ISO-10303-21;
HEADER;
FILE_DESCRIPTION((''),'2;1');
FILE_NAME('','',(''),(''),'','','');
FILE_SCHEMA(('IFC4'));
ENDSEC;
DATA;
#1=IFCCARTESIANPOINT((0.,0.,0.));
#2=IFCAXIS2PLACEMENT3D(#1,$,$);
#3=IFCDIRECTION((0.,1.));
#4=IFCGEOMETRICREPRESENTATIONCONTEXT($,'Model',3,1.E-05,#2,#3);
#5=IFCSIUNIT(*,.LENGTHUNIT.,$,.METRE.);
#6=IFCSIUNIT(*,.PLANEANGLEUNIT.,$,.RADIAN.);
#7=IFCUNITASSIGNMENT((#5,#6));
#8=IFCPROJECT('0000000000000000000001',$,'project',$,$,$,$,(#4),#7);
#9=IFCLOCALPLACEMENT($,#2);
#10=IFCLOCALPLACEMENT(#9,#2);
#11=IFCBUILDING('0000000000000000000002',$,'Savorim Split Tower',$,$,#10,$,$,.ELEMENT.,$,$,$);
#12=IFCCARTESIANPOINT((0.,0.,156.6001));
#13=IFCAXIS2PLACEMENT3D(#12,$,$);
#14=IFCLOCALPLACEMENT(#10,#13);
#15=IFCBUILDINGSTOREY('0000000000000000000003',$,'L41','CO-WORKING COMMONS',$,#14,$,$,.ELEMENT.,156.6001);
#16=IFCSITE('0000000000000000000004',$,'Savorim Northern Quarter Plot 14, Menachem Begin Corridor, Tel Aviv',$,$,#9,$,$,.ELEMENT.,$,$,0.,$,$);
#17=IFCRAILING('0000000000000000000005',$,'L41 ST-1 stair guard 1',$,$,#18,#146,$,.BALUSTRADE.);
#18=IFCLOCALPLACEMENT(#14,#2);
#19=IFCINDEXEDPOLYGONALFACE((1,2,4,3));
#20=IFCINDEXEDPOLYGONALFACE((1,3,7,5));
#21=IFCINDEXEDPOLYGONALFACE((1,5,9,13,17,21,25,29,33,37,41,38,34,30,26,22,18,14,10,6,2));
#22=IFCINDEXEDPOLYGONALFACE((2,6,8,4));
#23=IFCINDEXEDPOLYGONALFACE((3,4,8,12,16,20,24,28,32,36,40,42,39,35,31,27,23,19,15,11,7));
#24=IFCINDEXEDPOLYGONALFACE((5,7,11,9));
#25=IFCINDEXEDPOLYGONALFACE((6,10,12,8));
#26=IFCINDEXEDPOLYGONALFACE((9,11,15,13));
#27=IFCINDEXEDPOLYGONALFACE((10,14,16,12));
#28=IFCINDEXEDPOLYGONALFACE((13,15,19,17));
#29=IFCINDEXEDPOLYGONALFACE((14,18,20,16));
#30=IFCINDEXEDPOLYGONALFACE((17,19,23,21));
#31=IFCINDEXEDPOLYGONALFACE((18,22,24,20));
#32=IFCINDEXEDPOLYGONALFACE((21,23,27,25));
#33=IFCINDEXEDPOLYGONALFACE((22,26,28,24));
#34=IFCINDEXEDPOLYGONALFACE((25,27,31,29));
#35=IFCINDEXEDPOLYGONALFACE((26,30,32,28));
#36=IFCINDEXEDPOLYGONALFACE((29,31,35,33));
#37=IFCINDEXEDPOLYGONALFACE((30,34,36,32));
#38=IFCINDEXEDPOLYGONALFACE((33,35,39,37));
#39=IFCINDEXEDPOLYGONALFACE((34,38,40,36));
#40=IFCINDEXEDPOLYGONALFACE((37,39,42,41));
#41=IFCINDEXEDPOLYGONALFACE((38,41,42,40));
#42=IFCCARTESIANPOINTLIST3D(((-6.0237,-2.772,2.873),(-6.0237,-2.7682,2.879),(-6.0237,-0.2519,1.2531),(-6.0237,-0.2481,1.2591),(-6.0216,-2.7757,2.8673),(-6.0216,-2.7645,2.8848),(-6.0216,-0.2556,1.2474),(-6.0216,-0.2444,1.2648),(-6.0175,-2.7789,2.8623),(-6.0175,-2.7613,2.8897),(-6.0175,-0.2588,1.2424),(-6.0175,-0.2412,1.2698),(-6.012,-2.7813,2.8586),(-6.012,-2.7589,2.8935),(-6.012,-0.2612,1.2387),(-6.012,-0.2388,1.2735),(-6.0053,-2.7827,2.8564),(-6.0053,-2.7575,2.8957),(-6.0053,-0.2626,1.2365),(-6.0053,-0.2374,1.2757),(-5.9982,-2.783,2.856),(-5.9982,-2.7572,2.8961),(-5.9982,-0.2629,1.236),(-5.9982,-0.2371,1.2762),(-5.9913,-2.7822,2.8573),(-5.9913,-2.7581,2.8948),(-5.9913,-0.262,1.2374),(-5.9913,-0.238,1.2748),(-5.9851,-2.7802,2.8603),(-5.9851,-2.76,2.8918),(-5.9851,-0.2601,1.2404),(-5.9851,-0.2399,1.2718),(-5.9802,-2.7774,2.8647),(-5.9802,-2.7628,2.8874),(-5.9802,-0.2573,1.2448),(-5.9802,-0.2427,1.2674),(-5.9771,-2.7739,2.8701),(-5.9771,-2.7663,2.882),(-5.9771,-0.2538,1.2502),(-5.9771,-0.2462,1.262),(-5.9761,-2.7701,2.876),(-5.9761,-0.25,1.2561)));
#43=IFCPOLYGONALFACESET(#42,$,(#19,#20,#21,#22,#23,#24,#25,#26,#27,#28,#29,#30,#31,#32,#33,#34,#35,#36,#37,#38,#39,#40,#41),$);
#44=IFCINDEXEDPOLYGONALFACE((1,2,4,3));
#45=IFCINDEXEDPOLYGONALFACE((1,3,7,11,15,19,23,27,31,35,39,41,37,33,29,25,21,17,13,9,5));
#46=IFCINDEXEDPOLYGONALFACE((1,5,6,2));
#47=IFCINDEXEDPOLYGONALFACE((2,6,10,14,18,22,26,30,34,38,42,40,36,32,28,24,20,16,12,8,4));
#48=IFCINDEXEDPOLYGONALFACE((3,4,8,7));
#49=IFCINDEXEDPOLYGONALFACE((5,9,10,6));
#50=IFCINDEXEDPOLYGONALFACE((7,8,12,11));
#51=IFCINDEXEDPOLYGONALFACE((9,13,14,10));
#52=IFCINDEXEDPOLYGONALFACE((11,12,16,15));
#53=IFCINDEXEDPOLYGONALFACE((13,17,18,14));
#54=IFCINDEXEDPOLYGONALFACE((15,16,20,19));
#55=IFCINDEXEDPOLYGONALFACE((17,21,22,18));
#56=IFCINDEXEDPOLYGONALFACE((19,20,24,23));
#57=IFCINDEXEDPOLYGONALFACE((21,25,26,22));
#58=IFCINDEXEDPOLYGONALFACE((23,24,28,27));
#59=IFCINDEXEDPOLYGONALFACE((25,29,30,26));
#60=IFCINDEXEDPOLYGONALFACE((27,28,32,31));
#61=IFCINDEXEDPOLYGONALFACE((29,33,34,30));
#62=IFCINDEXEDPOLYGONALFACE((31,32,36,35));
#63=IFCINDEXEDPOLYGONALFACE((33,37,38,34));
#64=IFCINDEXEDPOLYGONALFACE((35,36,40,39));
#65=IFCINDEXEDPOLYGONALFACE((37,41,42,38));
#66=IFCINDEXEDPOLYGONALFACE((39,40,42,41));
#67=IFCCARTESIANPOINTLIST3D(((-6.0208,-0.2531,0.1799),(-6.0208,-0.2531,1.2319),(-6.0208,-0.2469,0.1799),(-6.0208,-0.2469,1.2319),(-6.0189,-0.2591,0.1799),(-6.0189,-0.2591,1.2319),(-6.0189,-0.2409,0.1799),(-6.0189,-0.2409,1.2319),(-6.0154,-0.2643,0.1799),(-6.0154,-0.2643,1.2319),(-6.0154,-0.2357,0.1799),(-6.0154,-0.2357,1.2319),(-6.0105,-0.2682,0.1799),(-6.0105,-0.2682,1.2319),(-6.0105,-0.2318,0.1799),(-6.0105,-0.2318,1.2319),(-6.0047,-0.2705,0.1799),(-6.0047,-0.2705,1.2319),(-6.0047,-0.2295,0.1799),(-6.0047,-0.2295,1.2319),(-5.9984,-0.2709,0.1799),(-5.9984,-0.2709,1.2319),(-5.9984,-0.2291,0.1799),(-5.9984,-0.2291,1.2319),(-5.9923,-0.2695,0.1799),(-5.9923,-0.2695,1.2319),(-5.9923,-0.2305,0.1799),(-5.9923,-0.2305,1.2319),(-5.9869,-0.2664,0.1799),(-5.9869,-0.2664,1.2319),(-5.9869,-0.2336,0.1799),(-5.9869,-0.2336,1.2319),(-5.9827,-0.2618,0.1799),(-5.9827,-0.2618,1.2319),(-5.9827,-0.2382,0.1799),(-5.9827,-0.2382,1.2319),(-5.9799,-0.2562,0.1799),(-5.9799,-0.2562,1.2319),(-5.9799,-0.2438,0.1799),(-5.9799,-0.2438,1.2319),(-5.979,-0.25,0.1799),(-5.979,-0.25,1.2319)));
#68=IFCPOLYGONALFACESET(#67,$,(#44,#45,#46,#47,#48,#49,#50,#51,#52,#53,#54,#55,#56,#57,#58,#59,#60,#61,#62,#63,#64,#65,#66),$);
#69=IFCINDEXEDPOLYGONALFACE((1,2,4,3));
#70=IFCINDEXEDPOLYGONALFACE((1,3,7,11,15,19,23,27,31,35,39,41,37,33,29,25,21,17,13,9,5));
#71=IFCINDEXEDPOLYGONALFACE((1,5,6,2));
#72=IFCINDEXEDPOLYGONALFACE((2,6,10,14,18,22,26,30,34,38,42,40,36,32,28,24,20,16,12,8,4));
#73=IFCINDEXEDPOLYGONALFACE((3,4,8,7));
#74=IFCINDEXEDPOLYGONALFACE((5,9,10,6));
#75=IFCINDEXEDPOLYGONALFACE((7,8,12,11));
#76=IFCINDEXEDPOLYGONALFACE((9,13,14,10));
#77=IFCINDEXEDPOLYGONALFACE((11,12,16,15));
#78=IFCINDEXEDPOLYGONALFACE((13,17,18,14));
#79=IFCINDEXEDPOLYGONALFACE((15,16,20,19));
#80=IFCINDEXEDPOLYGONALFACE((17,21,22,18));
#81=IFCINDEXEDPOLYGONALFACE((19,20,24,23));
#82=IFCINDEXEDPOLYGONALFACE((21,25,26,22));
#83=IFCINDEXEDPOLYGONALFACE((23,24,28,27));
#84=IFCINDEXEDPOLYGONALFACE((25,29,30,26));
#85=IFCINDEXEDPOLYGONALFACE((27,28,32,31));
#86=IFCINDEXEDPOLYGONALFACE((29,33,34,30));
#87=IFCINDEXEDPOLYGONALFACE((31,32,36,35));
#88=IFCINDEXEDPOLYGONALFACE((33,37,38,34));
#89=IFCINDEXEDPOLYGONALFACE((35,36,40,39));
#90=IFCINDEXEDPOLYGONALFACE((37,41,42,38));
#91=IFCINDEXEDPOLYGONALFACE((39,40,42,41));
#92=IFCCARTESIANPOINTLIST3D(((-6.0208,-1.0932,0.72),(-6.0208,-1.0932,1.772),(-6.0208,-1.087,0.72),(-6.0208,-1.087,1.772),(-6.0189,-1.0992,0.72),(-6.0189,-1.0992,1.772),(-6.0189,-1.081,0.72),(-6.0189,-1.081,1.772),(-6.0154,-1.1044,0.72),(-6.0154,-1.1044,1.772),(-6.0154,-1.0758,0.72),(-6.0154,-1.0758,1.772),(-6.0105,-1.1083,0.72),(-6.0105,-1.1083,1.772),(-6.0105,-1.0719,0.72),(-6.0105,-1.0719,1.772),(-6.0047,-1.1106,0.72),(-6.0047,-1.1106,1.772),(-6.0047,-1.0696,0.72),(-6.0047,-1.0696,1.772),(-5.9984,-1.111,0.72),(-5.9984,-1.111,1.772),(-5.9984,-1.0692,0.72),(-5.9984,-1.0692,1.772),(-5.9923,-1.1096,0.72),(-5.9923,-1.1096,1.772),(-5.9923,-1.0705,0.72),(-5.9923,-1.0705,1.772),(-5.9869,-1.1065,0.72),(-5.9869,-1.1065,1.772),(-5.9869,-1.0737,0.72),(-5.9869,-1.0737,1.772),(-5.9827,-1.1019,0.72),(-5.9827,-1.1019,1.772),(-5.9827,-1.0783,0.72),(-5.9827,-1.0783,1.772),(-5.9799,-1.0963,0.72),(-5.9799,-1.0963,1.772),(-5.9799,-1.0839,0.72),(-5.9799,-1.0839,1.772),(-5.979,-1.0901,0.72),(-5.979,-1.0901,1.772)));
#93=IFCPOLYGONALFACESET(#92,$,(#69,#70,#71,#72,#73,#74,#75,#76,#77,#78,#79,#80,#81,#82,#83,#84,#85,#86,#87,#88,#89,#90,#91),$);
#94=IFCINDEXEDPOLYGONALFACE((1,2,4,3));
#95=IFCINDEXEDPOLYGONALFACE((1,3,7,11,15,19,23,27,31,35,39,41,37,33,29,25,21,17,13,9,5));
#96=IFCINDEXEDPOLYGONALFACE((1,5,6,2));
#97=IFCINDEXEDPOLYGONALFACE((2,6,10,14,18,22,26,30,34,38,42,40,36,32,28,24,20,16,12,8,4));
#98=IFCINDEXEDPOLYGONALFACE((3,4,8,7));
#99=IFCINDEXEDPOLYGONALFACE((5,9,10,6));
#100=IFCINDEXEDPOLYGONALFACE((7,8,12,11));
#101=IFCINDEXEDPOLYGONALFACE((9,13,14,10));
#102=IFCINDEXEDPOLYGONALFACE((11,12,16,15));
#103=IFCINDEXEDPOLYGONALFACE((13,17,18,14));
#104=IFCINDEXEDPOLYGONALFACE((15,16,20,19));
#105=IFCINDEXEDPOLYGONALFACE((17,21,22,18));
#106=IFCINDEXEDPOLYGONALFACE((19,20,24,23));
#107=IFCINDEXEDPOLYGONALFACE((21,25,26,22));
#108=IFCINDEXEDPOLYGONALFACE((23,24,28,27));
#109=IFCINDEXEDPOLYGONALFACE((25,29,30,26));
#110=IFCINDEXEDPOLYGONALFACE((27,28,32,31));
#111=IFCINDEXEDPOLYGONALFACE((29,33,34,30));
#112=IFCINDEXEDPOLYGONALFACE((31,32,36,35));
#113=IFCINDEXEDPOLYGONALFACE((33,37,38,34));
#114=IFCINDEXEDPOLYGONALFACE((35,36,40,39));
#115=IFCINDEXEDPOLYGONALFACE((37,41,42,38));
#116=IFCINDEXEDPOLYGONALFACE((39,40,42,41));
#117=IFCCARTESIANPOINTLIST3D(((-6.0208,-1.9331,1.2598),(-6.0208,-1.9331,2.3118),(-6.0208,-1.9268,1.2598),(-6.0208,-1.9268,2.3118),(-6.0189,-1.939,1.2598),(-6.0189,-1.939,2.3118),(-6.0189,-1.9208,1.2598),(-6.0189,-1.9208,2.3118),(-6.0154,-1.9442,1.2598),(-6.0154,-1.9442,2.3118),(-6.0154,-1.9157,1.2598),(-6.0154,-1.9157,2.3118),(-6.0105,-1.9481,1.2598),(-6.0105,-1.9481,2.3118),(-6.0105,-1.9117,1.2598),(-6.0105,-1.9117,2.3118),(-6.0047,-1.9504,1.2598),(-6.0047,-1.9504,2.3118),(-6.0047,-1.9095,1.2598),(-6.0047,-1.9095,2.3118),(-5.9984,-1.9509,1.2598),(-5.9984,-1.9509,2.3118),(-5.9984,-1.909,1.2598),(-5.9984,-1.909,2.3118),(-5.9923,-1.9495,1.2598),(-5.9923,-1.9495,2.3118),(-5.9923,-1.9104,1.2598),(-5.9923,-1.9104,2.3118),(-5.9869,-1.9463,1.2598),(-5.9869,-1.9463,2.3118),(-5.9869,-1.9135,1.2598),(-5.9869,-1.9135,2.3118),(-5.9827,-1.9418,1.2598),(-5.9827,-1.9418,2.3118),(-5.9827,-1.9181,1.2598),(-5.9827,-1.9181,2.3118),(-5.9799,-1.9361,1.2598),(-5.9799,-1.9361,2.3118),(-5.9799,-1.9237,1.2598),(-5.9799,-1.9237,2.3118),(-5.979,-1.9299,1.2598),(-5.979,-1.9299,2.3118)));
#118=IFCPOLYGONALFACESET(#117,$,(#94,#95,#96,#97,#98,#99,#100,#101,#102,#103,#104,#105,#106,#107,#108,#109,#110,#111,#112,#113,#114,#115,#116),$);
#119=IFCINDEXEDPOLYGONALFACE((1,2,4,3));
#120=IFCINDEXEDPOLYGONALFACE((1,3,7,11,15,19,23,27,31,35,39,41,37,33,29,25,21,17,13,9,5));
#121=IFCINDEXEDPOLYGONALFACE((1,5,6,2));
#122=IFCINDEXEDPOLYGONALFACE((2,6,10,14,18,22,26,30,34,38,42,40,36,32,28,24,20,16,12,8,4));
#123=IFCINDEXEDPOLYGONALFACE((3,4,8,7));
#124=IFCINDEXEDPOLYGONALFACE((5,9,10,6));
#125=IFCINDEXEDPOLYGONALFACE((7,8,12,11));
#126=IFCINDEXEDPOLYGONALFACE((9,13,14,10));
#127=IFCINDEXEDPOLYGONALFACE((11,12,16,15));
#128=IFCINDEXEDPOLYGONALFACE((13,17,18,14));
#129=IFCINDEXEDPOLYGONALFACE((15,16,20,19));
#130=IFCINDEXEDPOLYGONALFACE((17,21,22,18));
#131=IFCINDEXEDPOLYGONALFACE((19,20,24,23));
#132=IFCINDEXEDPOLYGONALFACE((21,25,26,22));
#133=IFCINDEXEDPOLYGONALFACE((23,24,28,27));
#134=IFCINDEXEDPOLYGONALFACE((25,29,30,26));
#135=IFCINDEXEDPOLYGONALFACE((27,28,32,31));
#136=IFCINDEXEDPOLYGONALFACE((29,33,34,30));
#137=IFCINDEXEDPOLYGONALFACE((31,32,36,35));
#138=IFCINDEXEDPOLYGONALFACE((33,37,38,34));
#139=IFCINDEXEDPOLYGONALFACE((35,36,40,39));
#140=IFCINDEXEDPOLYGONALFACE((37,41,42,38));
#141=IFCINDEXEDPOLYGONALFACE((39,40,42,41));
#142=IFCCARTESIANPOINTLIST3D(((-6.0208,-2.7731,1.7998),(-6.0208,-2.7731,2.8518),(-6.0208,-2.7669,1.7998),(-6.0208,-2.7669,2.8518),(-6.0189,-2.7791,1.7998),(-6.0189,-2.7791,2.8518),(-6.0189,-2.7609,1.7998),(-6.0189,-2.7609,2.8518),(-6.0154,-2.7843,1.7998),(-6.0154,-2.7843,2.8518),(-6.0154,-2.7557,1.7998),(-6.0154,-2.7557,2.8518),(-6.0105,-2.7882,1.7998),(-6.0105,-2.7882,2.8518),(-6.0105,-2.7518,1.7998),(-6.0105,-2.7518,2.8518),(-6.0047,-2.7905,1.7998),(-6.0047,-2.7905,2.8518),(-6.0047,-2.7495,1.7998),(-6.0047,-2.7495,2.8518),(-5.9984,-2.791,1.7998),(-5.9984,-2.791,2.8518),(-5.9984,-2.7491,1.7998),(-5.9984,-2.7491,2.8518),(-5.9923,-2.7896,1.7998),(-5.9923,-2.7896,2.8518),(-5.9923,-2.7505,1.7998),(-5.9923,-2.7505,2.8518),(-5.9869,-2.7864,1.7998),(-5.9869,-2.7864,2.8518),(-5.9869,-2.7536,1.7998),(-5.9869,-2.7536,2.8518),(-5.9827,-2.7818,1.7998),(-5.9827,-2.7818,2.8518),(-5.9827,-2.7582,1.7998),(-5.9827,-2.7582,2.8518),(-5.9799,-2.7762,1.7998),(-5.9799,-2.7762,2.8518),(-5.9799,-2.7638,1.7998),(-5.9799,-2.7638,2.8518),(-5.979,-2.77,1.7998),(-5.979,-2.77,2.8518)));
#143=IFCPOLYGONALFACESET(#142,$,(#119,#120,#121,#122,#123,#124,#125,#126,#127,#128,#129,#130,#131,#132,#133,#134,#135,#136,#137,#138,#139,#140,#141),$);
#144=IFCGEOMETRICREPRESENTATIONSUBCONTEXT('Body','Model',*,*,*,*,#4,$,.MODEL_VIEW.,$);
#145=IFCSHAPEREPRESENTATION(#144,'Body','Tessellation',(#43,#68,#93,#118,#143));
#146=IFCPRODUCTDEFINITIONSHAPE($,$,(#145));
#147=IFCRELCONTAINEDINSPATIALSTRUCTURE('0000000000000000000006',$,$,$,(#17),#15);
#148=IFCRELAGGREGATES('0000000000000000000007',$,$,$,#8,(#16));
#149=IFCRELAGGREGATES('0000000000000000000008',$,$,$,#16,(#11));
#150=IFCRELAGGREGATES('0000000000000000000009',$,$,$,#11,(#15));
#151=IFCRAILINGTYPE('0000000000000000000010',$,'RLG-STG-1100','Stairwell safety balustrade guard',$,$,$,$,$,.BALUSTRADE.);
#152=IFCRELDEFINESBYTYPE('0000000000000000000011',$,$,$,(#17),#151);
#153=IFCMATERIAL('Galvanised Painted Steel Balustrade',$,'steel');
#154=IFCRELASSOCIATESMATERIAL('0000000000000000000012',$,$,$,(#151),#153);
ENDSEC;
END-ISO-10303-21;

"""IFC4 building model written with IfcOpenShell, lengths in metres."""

from ifc_helpers import new_model, si_unit, direction, frame, origin, origin_2d, place, context, subcontext, project, spatial, circle, extrude, material, type_object, element, save


model = new_model("IFC4")

# Units and contexts
model_context = context("Model", 3, precision=1e-05, world=origin(), true_north=direction((0.0, 1.0)))
body_context = subcontext(model_context, "Body", "Model", "MODEL_VIEW")
ifc_project = project(units=[si_unit("LENGTHUNIT", "METRE"), si_unit("PLANEANGLEUNIT", "RADIAN")], contexts=[model_context])

# Site, building, storey
site_placement = place(None, origin())
site = spatial("IfcSite", under=ifc_project, at=site_placement, Name="Savorim Northern Quarter Plot 14, Menachem Begin Corridor, Tel Aviv", CompositionType="ELEMENT", RefElevation=0.0)
building_placement = place(site_placement, origin())
building = spatial("IfcBuilding", under=site, at=building_placement, Name="Savorim Split Tower", CompositionType="ELEMENT")
storey_placement = place(building_placement, frame((0.0, 0.0, 156.6001)))
storey = spatial("IfcBuildingStorey", under=building, at=storey_placement, Name="L41", Description="CO-WORKING COMMONS", CompositionType="ELEMENT", Elevation=156.6001)

# Railing
ifc_material_1 = material(Name="Galvanised Painted Steel Balustrade", Category="steel")
railing_type_1 = type_object("IfcRailingType", Name="RLG-STG-1100", Description="Stairwell safety balustrade guard", PredefinedType="BALUSTRADE", material=ifc_material_1)
railing_1_placement = place(storey_placement, frame((-6.0, -0.25, 0.1799)))
element("IfcRailing", 1, at=railing_1_placement, inside=storey, type_object=railing_type_1, Name="L41 ST-1 stair guard 1", PredefinedType="BALUSTRADE", context=body_context, shape_type="SweptSolid", body=[
    extrude(circle(Radius=0.0239, at=origin_2d()), frame((0.0, 0.0, 1.0762), z_axis=(0.0, -0.8412, 0.540725), x_axis=(1.0, 0.0, 0.0)), (0.0, 0.0, 1.0), 2.9958),
    extrude(circle(Radius=0.021, at=origin_2d()), origin(), (0.0, 0.0, 1.0), 1.052),
    extrude(circle(Radius=0.021, at=origin_2d()), frame((0.0, -0.8401, 0.54)), (0.0, 0.0, 1.0), 1.052),
    extrude(circle(Radius=0.021, at=origin_2d()), frame((0.0, -1.6799, 1.0798)), (0.0, 0.0, 1.0), 1.052),
    extrude(circle(Radius=0.021, at=origin_2d()), frame((0.0, -2.52, 1.6199)), (0.0, 0.0, 1.0), 1.052),
])

save(model, "model.ifc")
